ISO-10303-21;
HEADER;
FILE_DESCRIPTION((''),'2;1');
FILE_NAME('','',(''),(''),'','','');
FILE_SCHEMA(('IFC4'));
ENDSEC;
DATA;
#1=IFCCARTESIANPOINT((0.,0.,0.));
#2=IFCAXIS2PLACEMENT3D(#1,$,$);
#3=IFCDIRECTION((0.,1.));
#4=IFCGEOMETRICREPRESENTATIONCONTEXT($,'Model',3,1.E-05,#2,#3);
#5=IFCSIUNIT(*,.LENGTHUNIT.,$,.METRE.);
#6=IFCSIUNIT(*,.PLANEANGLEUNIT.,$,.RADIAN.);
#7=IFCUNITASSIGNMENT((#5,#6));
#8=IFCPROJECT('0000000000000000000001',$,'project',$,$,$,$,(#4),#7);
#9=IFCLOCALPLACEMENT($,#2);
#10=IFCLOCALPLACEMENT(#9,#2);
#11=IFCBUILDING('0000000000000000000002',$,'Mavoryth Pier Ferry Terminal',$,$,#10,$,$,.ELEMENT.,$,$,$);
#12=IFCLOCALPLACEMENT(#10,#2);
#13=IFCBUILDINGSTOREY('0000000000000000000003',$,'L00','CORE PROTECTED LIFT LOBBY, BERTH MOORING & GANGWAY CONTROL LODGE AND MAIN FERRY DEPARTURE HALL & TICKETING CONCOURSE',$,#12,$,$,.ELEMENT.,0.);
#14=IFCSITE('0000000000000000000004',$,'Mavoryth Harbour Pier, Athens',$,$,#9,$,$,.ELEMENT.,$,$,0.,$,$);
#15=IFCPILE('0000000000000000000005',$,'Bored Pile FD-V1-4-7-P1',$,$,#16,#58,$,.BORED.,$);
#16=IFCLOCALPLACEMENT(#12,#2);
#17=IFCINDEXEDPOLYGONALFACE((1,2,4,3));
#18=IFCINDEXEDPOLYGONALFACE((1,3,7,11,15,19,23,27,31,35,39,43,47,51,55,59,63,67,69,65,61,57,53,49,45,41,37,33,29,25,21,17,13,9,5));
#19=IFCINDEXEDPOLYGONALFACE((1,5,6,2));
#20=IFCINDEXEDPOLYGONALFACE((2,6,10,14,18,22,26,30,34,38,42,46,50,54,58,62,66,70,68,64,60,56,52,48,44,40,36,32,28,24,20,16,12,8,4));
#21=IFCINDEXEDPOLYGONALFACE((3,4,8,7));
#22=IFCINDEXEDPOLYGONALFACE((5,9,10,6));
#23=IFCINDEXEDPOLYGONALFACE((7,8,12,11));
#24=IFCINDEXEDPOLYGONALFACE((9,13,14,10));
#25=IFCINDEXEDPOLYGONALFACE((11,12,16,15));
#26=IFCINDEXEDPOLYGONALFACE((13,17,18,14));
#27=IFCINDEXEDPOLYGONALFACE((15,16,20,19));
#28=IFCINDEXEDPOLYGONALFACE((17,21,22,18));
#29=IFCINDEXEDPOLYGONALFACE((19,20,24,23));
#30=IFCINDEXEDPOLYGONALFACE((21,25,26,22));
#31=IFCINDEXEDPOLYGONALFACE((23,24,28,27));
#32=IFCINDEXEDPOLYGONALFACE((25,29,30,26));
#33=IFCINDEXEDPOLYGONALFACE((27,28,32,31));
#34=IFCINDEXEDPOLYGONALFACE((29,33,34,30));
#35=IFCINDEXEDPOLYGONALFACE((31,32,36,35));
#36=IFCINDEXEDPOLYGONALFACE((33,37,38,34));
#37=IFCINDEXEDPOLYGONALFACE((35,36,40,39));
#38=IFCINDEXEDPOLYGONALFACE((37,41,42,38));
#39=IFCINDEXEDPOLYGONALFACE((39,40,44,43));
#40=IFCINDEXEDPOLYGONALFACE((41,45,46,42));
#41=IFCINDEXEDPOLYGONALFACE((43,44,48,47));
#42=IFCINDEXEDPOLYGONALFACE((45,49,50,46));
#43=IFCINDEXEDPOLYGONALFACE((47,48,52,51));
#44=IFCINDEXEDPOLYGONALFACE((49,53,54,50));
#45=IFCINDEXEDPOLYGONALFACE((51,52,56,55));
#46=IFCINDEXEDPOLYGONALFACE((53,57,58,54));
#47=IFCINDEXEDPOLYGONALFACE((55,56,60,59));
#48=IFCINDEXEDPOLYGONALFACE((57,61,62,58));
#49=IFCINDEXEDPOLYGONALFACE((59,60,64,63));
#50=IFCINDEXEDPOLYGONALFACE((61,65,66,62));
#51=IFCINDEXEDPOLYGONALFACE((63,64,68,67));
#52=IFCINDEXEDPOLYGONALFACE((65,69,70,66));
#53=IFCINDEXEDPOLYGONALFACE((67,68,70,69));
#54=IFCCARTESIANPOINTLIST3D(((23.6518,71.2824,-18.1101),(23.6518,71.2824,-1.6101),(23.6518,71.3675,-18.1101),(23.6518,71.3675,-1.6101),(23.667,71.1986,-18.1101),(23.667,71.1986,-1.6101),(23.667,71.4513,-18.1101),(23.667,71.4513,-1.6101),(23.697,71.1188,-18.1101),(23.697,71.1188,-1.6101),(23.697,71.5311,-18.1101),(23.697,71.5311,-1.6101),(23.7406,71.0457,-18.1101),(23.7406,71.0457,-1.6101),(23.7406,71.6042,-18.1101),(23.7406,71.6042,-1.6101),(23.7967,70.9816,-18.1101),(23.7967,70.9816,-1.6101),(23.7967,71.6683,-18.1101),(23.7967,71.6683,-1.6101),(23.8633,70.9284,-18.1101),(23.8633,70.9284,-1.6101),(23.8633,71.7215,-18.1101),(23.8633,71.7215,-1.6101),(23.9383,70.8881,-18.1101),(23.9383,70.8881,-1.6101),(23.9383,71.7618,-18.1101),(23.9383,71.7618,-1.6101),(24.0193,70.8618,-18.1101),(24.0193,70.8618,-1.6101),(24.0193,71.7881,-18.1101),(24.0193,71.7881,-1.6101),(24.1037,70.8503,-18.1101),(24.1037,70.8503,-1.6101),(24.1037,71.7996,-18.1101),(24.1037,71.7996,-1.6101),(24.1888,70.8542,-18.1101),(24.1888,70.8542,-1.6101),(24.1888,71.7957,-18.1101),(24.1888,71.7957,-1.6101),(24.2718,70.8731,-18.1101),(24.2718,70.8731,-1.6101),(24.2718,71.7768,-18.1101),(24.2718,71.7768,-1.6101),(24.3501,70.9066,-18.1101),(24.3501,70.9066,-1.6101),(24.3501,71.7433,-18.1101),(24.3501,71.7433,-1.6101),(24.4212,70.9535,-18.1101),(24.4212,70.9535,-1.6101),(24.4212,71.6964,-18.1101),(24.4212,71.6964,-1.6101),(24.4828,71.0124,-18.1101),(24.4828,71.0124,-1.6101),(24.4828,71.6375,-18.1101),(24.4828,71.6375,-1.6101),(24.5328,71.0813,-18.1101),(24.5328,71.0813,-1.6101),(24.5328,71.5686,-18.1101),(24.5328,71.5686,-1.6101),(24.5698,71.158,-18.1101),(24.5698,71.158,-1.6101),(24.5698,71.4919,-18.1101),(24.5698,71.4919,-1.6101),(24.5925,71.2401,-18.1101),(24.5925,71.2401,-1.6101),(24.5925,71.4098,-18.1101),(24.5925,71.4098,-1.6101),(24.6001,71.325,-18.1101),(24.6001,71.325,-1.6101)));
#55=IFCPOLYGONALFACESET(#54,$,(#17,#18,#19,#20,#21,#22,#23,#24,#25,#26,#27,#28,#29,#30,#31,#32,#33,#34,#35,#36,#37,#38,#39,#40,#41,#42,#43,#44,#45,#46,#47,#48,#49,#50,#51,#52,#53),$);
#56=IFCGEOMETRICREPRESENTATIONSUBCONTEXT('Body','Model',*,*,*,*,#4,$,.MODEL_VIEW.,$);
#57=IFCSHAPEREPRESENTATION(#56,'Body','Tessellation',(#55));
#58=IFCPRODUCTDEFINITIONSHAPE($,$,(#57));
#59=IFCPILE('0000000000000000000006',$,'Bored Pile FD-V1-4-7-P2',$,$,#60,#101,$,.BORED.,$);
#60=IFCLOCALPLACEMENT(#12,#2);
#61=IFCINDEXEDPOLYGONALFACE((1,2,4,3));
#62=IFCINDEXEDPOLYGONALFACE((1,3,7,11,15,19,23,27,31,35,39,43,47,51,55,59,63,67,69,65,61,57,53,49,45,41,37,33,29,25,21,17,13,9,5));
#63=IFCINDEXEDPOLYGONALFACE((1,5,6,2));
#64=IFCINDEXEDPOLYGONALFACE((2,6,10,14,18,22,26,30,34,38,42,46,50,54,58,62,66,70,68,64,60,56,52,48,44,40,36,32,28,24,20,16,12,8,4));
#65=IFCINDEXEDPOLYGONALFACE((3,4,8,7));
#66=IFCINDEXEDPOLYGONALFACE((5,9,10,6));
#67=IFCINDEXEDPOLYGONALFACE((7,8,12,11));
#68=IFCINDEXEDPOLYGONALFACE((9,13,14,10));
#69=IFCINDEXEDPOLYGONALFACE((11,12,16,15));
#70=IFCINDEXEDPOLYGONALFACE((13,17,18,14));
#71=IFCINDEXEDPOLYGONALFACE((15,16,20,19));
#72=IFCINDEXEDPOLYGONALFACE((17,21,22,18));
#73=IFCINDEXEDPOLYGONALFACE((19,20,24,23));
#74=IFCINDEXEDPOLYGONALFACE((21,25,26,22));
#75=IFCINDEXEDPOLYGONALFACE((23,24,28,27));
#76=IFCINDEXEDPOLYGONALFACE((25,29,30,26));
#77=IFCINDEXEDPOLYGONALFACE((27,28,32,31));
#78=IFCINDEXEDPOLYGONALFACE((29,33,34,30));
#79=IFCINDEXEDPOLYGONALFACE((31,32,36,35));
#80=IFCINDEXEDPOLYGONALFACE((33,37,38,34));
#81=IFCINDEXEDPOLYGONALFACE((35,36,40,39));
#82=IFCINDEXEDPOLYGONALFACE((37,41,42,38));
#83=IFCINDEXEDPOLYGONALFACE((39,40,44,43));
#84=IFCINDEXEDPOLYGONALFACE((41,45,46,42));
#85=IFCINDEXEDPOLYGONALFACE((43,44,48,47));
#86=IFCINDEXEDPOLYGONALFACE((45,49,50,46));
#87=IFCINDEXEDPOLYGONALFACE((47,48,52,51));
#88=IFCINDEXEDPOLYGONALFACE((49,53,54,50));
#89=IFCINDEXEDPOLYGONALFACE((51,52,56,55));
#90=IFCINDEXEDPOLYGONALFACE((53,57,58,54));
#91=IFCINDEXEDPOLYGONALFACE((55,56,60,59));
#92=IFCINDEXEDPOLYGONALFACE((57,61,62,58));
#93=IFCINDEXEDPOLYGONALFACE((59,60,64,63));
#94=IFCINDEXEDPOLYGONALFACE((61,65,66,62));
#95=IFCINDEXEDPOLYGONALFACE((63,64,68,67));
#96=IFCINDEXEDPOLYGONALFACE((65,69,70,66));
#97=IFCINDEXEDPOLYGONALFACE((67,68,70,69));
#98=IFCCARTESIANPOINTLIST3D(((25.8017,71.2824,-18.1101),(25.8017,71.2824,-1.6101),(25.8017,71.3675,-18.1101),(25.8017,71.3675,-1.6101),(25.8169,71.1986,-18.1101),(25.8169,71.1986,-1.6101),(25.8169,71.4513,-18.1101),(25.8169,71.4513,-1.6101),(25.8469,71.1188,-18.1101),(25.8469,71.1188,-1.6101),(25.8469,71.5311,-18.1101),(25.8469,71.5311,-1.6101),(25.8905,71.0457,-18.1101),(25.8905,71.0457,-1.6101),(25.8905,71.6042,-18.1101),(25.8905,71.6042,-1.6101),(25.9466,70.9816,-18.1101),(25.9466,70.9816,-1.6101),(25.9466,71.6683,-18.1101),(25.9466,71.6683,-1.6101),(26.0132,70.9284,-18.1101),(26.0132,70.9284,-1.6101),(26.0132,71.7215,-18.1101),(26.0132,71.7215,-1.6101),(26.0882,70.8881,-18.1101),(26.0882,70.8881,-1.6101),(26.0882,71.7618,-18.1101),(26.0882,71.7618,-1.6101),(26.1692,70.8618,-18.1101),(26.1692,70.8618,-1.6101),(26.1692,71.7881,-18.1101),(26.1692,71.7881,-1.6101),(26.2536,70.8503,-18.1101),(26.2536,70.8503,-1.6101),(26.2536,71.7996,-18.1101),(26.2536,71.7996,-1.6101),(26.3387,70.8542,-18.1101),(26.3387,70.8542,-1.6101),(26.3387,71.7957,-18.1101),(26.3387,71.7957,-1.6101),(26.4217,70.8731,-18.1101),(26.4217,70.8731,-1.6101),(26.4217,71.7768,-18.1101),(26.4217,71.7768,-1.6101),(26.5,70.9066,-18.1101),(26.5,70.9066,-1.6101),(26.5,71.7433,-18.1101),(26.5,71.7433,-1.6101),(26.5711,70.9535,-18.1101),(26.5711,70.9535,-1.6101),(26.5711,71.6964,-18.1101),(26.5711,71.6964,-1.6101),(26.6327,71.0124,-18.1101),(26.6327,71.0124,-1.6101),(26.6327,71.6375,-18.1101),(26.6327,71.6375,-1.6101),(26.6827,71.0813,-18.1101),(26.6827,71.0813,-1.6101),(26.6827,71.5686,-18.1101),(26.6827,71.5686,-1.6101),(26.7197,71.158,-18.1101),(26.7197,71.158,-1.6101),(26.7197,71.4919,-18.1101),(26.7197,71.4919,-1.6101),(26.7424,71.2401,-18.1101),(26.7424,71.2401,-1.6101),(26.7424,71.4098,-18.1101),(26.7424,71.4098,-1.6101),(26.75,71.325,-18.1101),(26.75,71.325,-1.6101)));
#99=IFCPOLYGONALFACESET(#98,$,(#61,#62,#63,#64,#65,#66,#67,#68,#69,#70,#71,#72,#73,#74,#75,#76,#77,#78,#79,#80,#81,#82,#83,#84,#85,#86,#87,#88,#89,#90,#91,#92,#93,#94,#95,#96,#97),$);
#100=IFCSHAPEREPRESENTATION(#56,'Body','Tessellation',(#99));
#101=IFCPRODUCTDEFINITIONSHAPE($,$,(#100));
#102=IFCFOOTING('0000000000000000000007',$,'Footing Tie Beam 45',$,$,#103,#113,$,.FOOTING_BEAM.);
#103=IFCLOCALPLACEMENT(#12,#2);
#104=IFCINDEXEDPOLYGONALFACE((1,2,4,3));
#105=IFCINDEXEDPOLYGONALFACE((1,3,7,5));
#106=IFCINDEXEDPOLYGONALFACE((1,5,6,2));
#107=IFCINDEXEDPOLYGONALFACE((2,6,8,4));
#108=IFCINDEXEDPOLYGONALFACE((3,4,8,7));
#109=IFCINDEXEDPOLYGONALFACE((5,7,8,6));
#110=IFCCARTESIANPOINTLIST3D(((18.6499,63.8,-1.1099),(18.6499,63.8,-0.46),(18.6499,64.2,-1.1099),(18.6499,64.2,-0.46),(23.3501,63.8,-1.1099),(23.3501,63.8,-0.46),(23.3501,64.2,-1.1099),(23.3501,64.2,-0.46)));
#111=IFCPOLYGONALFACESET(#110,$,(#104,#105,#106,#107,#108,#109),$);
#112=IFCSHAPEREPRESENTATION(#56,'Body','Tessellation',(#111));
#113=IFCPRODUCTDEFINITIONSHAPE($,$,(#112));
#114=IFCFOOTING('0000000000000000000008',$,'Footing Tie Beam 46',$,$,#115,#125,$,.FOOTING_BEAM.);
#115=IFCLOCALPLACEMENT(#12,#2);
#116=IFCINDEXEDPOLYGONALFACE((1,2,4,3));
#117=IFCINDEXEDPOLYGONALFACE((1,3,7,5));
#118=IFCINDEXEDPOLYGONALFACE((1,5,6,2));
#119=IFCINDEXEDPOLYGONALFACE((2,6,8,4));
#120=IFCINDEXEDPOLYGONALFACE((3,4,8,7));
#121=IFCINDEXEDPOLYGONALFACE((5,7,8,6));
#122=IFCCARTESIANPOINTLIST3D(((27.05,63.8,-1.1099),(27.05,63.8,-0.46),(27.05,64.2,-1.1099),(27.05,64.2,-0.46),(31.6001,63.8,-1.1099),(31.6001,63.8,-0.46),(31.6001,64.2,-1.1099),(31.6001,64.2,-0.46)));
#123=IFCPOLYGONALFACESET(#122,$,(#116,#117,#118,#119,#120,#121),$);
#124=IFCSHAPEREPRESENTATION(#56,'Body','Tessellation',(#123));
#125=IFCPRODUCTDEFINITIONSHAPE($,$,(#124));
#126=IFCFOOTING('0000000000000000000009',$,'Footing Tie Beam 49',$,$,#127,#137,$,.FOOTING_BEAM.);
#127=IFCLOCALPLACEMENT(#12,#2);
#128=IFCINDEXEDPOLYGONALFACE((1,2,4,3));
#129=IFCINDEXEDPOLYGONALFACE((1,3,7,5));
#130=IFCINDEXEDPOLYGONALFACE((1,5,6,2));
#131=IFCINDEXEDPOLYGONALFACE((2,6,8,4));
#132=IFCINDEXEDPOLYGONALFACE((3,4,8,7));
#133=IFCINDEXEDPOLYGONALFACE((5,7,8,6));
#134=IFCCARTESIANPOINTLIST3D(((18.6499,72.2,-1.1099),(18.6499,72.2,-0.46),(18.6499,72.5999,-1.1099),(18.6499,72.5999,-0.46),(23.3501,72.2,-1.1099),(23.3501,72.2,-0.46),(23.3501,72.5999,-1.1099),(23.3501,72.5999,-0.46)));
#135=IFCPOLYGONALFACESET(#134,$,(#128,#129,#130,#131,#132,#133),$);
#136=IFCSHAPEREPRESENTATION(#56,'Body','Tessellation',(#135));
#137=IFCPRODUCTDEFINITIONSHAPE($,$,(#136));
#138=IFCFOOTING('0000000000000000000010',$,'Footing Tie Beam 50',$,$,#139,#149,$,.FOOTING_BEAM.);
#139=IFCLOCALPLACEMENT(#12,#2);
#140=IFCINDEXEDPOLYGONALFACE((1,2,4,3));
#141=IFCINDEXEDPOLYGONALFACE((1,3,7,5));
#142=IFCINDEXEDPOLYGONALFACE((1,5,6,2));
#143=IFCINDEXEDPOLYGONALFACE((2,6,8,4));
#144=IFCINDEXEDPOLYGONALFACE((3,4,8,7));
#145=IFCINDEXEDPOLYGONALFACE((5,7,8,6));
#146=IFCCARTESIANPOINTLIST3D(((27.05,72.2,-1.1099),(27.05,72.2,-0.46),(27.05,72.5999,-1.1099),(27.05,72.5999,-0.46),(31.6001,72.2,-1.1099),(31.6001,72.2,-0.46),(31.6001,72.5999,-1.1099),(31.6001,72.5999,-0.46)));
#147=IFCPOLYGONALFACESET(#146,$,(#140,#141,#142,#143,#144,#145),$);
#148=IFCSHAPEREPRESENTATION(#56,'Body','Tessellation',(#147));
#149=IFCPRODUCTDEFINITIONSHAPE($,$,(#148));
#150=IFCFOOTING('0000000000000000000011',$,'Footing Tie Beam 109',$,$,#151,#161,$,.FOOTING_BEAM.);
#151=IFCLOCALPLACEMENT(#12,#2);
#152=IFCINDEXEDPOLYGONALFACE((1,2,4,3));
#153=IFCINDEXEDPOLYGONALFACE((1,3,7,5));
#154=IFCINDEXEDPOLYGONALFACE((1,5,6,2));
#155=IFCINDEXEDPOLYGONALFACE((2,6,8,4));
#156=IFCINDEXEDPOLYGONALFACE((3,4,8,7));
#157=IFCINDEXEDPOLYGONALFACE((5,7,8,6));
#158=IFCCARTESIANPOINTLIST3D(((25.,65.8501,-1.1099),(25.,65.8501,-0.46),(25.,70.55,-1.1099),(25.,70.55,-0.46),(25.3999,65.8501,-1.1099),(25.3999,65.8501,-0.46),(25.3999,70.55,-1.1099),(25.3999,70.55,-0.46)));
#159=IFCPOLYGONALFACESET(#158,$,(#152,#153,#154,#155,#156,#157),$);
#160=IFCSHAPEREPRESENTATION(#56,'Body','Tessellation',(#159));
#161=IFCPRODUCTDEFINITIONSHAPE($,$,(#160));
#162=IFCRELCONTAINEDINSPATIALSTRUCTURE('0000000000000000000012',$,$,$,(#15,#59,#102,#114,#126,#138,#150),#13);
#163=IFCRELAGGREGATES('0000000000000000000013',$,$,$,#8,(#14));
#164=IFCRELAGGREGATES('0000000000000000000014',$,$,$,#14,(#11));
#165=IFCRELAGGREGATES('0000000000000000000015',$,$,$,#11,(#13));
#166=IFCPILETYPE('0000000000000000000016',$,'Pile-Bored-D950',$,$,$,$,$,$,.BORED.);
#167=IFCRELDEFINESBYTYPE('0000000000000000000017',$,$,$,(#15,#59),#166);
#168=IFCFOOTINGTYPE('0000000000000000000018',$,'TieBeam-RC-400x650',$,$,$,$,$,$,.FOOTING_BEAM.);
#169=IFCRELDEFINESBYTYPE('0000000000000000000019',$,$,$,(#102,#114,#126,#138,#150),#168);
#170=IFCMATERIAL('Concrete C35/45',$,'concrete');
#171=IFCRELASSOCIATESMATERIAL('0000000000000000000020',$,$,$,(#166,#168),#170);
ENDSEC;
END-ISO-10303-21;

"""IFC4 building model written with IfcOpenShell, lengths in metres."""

from ifc_helpers import new_model, si_unit, direction, frame, origin, origin_2d, place, context, subcontext, project, spatial, rectangle, circle, extrude, material, material_profile, profile_set, type_object, element, save


model = new_model("IFC4")

# Units and contexts
model_context = context("Model", 3, precision=1e-05, world=origin(), true_north=direction((0.0, 1.0)))
body_context = subcontext(model_context, "Body", "Model", "MODEL_VIEW")
ifc_project = project(units=[si_unit("LENGTHUNIT", "METRE"), si_unit("PLANEANGLEUNIT", "RADIAN")], contexts=[model_context])

# Site, building, storey
site_placement = place(None, origin())
site = spatial("IfcSite", under=ifc_project, at=site_placement, Name="Mavoryth Harbour Pier, Athens", CompositionType="ELEMENT", RefElevation=0.0)
building_placement = place(site_placement, origin())
building = spatial("IfcBuilding", under=site, at=building_placement, Name="Mavoryth Pier Ferry Terminal", CompositionType="ELEMENT")
storey_placement = place(building_placement, origin())
storey = spatial("IfcBuildingStorey", under=building, at=storey_placement, Name="L00", Description="CORE PROTECTED LIFT LOBBY, BERTH MOORING & GANGWAY CONTROL LODGE AND MAIN FERRY DEPARTURE HALL & TICKETING CONCOURSE", CompositionType="ELEMENT", Elevation=0.0)

# Shared definitions
ifc_material_1 = material(Name="Concrete C35/45", Category="concrete")

# Piles
ifc_material_profile_1 = material_profile(ifc_material_1, circle(Radius=0.4751, at=origin_2d()), Name="PILE D950", Category="concrete")
ifc_profile_set_1 = profile_set([ifc_material_profile_1], Name="Concrete C35/45 - PILE D950")
pile_type_1 = type_object("IfcPileType", Name="Pile-Bored-D950", PredefinedType="BORED", material=ifc_profile_set_1)
for number, where, z_axis, x_axis, name in (
    (1, (24.125, 71.325, -1.6101), (0.0, 0.0, -1.0), (1.0, 0.0, 0.0), "Bored Pile FD-V1-4-7-P1"),
    (2, (26.2749, 71.325, -1.6101), (0.0, 0.0, -1.0), (1.0, 0.0, 0.0), "Bored Pile FD-V1-4-7-P2"),
):
    element("IfcPile", number, at=place(storey_placement, frame(where, z_axis=z_axis, x_axis=x_axis)), inside=storey, type_object=pile_type_1, Name=name, PredefinedType="BORED", context=body_context, shape_type="SweptSolid", body=[
        extrude(circle(Radius=0.4751, at=origin_2d()), origin(), (0.0, 0.0, 1.0), 16.5),
    ])

# Footings
ifc_material_profile_2 = material_profile(ifc_material_1, rectangle(XDim=0.3999, YDim=0.6499, at=origin_2d()), Name="RC 400x650", Category="concrete")
ifc_profile_set_2 = profile_set([ifc_material_profile_2], Name="Concrete C35/45 - RC 400x650")
footing_type_1 = type_object("IfcFootingType", Name="TieBeam-RC-400x650", PredefinedType="FOOTING_BEAM", material=ifc_profile_set_2)
footing_1_placement = place(storey_placement, frame((18.6499, 64.0, -0.7849), z_axis=(1.0, 0.0, 0.0), x_axis=(0.0, 1.0, 0.0)))
element("IfcFooting", 3, at=footing_1_placement, inside=storey, type_object=footing_type_1, Name="Footing Tie Beam 45", PredefinedType="FOOTING_BEAM", context=body_context, shape_type="SweptSolid", body=[
    extrude(rectangle(XDim=0.3999, YDim=0.6499, at=origin_2d()), origin(), (0.0, 0.0, 1.0), 4.7002),
])
footing_2_placement = place(storey_placement, frame((27.05, 64.0, -0.7849), z_axis=(1.0, 0.0, 0.0), x_axis=(0.0, 1.0, 0.0)))
element("IfcFooting", 4, at=footing_2_placement, inside=storey, type_object=footing_type_1, Name="Footing Tie Beam 46", PredefinedType="FOOTING_BEAM", context=body_context, shape_type="SweptSolid", body=[
    extrude(rectangle(XDim=0.3999, YDim=0.6499, at=origin_2d()), origin(), (0.0, 0.0, 1.0), 4.55),
])
footing_3_placement = place(storey_placement, frame((18.6499, 72.3999, -0.7849), z_axis=(1.0, 0.0, 0.0), x_axis=(0.0, 1.0, 0.0)))
element("IfcFooting", 5, at=footing_3_placement, inside=storey, type_object=footing_type_1, Name="Footing Tie Beam 49", PredefinedType="FOOTING_BEAM", context=body_context, shape_type="SweptSolid", body=[
    extrude(rectangle(XDim=0.3999, YDim=0.6499, at=origin_2d()), origin(), (0.0, 0.0, 1.0), 4.7002),
])
footing_4_placement = place(storey_placement, frame((27.05, 72.3999, -0.7849), z_axis=(1.0, 0.0, 0.0), x_axis=(0.0, 1.0, 0.0)))
element("IfcFooting", 6, at=footing_4_placement, inside=storey, type_object=footing_type_1, Name="Footing Tie Beam 50", PredefinedType="FOOTING_BEAM", context=body_context, shape_type="SweptSolid", body=[
    extrude(rectangle(XDim=0.3999, YDim=0.6499, at=origin_2d()), origin(), (0.0, 0.0, 1.0), 4.55),
])
footing_5_placement = place(storey_placement, frame((25.2, 65.8501, -0.7849), z_axis=(0.0, 1.0, 0.0), x_axis=(-1.0, 0.0, 0.0)))
element("IfcFooting", 7, at=footing_5_placement, inside=storey, type_object=footing_type_1, Name="Footing Tie Beam 109", PredefinedType="FOOTING_BEAM", context=body_context, shape_type="SweptSolid", body=[
    extrude(rectangle(XDim=0.3999, YDim=0.6499, at=origin_2d()), origin(), (0.0, 0.0, 1.0), 4.7),
])

save(model, "model.ifc")
